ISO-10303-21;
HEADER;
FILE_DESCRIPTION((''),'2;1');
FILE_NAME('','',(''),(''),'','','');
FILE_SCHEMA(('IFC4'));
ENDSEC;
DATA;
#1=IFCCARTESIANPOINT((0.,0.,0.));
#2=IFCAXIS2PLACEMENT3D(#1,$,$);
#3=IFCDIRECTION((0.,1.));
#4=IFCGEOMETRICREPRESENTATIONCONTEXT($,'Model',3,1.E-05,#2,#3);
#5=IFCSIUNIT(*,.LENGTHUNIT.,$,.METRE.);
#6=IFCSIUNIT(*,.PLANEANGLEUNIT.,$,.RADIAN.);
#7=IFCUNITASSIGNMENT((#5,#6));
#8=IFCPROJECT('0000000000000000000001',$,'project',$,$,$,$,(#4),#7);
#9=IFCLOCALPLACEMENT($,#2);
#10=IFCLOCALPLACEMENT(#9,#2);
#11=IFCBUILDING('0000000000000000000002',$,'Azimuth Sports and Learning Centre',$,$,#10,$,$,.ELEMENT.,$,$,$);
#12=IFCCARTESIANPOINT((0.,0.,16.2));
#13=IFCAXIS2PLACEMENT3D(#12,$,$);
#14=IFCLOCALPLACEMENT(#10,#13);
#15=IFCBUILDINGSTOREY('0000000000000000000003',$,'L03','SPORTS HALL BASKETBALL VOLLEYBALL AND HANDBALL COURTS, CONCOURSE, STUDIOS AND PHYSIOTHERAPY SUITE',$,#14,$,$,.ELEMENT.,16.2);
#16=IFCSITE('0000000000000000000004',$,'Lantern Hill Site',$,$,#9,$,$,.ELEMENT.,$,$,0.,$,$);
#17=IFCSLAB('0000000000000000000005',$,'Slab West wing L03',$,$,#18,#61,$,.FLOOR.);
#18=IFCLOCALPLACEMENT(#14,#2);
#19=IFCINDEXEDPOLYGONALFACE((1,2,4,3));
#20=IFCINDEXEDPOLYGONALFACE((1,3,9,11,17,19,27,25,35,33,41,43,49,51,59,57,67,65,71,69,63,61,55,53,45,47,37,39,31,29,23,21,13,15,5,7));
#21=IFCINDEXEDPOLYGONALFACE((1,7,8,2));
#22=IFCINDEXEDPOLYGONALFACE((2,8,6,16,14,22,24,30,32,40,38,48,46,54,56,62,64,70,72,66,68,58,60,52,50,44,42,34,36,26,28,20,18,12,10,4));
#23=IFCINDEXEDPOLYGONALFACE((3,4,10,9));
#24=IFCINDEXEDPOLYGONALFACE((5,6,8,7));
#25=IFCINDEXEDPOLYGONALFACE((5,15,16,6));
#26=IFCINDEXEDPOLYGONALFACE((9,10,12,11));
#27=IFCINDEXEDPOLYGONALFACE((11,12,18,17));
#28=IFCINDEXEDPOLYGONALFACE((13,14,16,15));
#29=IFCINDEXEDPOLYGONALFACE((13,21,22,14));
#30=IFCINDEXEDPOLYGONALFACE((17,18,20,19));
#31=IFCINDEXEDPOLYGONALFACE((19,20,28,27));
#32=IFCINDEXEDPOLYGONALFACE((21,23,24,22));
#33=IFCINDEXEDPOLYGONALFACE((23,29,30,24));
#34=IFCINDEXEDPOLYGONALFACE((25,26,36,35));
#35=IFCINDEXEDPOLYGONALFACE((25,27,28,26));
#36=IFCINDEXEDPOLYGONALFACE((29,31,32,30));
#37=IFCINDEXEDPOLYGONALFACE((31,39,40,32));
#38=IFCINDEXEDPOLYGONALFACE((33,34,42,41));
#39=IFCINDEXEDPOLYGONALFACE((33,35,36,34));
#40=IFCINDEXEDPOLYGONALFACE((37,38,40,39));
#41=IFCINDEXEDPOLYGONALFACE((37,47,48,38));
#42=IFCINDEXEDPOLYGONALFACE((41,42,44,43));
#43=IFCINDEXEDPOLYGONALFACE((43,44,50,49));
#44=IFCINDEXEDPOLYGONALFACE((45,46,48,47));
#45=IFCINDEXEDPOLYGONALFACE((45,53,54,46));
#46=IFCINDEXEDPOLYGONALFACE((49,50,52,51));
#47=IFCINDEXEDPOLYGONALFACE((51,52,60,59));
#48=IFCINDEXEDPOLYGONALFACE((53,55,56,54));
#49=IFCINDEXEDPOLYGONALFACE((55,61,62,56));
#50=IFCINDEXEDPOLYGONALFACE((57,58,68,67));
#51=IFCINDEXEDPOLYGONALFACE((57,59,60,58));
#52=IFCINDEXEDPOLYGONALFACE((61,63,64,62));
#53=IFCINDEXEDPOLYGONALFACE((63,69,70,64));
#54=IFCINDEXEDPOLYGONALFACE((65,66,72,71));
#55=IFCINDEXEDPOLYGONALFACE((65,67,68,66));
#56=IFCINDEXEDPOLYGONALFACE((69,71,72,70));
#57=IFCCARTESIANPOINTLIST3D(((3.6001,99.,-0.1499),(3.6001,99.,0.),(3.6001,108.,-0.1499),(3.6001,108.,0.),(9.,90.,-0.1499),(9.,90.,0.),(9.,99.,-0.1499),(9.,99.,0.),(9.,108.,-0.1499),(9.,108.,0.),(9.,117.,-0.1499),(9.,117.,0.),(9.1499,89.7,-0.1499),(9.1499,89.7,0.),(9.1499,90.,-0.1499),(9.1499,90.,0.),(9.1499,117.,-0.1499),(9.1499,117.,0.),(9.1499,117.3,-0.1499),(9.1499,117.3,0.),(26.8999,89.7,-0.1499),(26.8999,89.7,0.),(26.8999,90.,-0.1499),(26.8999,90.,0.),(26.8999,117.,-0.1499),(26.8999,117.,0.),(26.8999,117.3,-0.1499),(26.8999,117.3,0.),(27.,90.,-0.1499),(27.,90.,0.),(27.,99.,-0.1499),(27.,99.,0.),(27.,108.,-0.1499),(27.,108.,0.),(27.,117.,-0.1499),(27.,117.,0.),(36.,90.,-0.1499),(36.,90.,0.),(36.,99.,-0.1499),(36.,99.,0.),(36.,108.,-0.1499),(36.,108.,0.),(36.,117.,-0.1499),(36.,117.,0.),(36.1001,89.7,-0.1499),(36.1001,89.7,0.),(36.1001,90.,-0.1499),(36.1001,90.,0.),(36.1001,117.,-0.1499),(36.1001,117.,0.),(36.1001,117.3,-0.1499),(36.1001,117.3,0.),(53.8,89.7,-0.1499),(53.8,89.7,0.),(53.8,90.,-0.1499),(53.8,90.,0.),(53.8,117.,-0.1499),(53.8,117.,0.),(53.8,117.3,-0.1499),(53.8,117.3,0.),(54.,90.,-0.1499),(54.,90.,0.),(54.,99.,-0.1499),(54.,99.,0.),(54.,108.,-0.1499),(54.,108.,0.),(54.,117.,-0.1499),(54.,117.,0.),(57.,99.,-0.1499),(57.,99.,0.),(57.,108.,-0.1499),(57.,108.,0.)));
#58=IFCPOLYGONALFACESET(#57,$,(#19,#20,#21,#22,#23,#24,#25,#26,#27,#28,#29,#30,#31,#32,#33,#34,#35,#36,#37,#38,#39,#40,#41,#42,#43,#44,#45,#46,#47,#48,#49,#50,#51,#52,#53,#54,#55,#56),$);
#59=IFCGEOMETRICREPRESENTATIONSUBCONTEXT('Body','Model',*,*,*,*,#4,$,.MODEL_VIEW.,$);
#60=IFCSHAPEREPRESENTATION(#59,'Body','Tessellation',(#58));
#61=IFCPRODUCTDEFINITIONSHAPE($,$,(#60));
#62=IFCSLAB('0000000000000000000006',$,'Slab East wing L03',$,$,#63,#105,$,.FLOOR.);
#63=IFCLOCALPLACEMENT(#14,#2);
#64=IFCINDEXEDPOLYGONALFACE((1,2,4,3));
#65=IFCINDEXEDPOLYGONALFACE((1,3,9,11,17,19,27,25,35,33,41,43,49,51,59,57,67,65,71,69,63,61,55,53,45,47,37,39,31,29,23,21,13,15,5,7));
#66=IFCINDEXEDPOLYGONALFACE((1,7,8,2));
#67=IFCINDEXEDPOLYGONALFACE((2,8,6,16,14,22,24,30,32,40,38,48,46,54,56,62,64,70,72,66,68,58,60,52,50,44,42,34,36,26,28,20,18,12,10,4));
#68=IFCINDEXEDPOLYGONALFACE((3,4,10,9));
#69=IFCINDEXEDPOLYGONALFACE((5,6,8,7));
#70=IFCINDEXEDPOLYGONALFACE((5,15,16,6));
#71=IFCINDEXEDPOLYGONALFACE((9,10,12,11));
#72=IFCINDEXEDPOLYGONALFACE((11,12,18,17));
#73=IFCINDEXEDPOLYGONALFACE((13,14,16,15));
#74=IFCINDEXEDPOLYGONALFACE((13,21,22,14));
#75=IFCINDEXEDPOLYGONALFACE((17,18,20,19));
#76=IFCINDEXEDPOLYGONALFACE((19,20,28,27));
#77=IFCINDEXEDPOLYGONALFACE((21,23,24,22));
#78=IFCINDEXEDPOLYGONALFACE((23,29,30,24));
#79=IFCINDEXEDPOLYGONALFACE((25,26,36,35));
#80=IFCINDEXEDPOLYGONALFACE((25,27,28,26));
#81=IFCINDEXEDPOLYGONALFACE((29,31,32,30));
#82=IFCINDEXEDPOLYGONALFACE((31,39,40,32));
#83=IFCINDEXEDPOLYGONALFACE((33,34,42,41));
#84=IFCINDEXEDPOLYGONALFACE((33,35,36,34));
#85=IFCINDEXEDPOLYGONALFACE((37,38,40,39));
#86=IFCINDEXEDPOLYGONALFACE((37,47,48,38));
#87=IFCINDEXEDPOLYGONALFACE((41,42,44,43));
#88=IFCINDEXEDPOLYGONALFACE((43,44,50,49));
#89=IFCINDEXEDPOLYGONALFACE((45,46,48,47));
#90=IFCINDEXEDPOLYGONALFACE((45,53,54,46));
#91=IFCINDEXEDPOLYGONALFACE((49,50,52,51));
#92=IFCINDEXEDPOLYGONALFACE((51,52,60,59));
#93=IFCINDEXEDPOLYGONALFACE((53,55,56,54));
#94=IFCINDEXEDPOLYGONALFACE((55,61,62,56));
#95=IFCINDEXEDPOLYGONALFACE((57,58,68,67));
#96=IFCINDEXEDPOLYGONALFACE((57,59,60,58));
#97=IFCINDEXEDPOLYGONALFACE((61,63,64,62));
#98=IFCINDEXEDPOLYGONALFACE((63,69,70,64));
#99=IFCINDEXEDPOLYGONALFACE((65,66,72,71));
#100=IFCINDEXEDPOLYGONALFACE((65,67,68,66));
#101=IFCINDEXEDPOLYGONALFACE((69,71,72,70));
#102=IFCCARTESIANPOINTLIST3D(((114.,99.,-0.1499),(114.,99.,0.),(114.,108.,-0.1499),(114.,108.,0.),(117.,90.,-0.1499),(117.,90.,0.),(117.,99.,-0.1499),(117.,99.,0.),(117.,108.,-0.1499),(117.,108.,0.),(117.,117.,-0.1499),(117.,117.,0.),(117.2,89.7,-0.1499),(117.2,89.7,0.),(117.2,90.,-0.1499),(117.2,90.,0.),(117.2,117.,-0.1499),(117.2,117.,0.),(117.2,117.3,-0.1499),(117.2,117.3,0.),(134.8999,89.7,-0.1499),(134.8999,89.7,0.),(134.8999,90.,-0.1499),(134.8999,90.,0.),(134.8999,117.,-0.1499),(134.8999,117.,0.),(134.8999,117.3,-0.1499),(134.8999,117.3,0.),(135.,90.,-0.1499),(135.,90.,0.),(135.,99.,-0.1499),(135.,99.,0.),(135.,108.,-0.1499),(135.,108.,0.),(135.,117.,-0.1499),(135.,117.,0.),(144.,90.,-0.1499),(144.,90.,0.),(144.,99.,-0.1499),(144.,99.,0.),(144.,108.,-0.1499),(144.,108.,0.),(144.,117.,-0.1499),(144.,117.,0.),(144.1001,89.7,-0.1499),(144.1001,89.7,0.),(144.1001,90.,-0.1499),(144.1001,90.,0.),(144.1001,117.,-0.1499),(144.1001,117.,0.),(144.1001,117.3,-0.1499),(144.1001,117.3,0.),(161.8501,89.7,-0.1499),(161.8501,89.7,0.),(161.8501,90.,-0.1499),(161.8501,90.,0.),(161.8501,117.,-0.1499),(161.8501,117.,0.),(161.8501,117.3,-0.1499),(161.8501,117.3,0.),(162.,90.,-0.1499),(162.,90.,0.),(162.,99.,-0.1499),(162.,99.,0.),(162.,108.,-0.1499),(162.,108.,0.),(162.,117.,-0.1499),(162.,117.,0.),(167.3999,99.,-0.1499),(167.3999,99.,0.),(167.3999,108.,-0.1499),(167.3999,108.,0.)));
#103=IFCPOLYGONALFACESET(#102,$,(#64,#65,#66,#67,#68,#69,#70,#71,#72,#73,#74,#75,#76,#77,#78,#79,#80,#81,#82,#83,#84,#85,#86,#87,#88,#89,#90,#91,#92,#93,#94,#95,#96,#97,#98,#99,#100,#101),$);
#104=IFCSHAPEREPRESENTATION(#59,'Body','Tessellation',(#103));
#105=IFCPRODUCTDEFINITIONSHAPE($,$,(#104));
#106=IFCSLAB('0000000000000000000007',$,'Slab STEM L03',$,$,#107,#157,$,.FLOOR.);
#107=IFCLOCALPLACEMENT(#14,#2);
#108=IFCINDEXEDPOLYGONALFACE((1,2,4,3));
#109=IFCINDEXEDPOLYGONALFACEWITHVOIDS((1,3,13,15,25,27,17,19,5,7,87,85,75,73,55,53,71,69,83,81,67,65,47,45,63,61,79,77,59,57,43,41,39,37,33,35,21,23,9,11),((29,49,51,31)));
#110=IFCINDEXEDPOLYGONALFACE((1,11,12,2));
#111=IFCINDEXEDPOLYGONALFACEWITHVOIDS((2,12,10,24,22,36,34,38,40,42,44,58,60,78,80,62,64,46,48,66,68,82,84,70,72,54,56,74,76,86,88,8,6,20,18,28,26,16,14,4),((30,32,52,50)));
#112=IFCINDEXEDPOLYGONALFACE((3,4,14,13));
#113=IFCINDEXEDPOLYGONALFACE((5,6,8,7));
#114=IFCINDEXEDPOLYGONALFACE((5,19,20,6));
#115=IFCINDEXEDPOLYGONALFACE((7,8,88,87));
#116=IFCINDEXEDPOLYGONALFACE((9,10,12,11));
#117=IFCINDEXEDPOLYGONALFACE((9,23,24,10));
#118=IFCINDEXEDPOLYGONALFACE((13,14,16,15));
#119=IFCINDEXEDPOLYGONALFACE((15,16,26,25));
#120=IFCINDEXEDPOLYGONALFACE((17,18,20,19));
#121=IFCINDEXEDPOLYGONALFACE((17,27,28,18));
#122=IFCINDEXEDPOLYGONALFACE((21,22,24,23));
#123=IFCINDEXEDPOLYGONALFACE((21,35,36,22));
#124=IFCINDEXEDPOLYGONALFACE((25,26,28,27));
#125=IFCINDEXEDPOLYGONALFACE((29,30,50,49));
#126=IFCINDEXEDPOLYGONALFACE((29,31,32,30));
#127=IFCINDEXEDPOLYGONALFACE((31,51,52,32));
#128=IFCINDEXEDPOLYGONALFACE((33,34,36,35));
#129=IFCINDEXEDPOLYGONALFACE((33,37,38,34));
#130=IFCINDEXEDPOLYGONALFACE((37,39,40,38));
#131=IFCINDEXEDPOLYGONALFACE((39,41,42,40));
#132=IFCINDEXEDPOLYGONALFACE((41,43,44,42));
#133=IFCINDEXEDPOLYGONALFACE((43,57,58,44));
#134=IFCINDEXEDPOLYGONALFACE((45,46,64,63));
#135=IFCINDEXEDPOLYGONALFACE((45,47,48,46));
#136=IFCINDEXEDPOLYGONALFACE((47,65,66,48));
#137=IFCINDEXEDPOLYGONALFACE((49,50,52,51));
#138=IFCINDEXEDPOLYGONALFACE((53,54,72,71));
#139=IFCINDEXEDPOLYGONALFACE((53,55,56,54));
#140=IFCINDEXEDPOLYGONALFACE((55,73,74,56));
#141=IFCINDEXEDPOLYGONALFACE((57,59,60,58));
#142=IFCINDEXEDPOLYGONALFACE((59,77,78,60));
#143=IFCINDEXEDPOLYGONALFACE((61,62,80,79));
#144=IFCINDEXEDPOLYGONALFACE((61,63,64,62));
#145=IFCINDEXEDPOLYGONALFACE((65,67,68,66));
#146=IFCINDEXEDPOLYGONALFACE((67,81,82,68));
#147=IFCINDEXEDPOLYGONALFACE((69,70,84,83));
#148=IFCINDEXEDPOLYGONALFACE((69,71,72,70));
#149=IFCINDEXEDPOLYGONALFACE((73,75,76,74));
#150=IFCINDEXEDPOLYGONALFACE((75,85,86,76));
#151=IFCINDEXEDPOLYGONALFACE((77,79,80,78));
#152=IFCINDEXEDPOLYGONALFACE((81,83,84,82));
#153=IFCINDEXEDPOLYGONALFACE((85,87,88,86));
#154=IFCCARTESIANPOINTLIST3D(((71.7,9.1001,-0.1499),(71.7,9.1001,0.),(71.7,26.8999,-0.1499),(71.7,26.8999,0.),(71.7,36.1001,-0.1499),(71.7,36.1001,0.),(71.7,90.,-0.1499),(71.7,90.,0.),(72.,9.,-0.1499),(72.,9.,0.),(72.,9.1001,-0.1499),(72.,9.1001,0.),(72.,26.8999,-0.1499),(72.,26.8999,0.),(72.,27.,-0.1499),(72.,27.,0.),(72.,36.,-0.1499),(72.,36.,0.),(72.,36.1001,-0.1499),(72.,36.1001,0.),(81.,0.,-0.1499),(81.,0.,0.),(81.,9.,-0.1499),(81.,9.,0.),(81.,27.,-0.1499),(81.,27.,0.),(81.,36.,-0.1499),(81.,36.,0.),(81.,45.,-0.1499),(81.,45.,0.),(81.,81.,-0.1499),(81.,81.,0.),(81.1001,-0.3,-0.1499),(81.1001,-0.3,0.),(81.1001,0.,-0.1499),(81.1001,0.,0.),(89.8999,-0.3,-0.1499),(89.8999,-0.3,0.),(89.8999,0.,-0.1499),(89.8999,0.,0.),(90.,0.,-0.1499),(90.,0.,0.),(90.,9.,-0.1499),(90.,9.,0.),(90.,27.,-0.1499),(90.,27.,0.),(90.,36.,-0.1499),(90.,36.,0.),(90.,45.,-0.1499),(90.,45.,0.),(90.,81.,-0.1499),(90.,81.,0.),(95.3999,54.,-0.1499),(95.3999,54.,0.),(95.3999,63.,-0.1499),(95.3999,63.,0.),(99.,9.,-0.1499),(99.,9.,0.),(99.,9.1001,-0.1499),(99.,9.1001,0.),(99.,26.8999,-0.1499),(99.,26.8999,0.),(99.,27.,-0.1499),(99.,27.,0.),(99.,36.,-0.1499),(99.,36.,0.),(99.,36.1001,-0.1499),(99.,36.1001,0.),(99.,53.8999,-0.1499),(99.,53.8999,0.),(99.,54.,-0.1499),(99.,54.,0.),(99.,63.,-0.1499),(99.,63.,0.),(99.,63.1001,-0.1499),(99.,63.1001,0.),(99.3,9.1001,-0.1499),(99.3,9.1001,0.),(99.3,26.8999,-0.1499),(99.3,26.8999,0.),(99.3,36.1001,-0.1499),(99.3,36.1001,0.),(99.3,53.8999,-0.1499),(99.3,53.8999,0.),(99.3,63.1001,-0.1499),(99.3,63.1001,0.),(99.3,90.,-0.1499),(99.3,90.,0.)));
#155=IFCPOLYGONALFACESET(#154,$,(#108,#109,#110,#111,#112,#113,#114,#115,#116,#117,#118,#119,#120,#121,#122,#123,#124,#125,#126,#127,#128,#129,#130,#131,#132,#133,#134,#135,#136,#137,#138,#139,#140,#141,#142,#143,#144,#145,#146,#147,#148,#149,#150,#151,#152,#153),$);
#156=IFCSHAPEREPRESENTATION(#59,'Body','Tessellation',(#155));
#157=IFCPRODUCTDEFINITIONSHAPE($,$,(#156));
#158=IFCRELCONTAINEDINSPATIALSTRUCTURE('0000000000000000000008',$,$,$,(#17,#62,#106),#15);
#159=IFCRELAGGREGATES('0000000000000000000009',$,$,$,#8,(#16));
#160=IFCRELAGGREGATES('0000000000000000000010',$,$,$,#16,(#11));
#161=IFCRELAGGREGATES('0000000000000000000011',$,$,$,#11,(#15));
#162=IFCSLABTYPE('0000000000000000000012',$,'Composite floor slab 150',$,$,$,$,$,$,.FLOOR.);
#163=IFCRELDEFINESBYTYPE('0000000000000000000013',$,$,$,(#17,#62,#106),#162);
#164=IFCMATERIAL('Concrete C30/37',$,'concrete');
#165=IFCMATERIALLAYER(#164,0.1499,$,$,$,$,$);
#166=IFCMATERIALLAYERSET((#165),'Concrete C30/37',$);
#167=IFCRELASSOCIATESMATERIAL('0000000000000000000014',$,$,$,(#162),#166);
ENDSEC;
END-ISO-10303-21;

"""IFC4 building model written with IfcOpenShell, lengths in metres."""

from ifc_helpers import new_model, si_unit, direction, frame, origin, place, context, subcontext, project, spatial, polyline, outline, extrude, material, layer, layer_set, type_object, element, save


model = new_model("IFC4")

# Units and contexts
model_context = context("Model", 3, precision=1e-05, world=origin(), true_north=direction((0.0, 1.0)))
body_context = subcontext(model_context, "Body", "Model", "MODEL_VIEW")
ifc_project = project(units=[si_unit("LENGTHUNIT", "METRE"), si_unit("PLANEANGLEUNIT", "RADIAN")], contexts=[model_context])

# Site, building, storey
site_placement = place(None, origin())
site = spatial("IfcSite", under=ifc_project, at=site_placement, Name="Lantern Hill Site", CompositionType="ELEMENT", RefElevation=0.0)
building_placement = place(site_placement, origin())
building = spatial("IfcBuilding", under=site, at=building_placement, Name="Azimuth Sports and Learning Centre", CompositionType="ELEMENT")
storey_placement = place(building_placement, frame((0.0, 0.0, 16.2)))
storey = spatial("IfcBuildingStorey", under=building, at=storey_placement, Name="L03", Description="SPORTS HALL BASKETBALL VOLLEYBALL AND HANDBALL COURTS, CONCOURSE, STUDIOS AND PHYSIOTHERAPY SUITE", CompositionType="ELEMENT", Elevation=16.2)

# Slabs
ifc_material_1 = material(Name="Concrete C30/37", Category="concrete")
ifc_layer_1 = layer(ifc_material_1, 0.1499)
ifc_layer_set_1 = layer_set([ifc_layer_1], Name="Concrete C30/37")
slab_type_1 = type_object("IfcSlabType", Name="Composite floor slab 150", PredefinedType="FLOOR", material=ifc_layer_set_1)
slab_1_placement = place(storey_placement, frame((0.0, 0.0, -0.1499)))
element("IfcSlab", 1, at=slab_1_placement, inside=storey, type_object=slab_type_1, Name="Slab West wing L03", PredefinedType="FLOOR", context=body_context, shape_type="SweptSolid", body=[
    extrude(outline(polyline([(9.1499, 89.7), (26.8999, 89.7), (26.8999, 90.0), (27.0, 90.0), (27.0, 99.0), (36.0, 99.0), (36.0, 90.0), (36.1001, 90.0), (36.1001, 89.7), (53.8, 89.7), (53.8, 90.0), (54.0, 90.0), (54.0, 99.0), (57.0, 99.0), (57.0, 108.0), (54.0, 108.0), (54.0, 117.0), (53.8, 117.0), (53.8, 117.3), (36.1001, 117.3), (36.1001, 117.0), (36.0, 117.0), (36.0, 108.0), (27.0, 108.0), (27.0, 117.0), (26.8999, 117.0), (26.8999, 117.3), (9.1499, 117.3), (9.1499, 117.0), (9.0, 117.0), (9.0, 108.0), (3.6001, 108.0), (3.6001, 99.0), (9.0, 99.0), (9.0, 90.0), (9.1499, 90.0), (9.1499, 89.7)])), origin(), (0.0, 0.0, 1.0), 0.1499),
])
slab_2_placement = place(storey_placement, frame((0.0, 0.0, -0.1499)))
element("IfcSlab", 2, at=slab_2_placement, inside=storey, type_object=slab_type_1, Name="Slab East wing L03", PredefinedType="FLOOR", context=body_context, shape_type="SweptSolid", body=[
    extrude(outline(polyline([(117.2, 89.7), (134.8999, 89.7), (134.8999, 90.0), (135.0, 90.0), (135.0, 99.0), (144.0, 99.0), (144.0, 90.0), (144.1001, 90.0), (144.1001, 89.7), (161.8501, 89.7), (161.8501, 90.0), (162.0, 90.0), (162.0, 99.0), (167.3999, 99.0), (167.3999, 108.0), (162.0, 108.0), (162.0, 117.0), (161.8501, 117.0), (161.8501, 117.3), (144.1001, 117.3), (144.1001, 117.0), (144.0, 117.0), (144.0, 108.0), (135.0, 108.0), (135.0, 117.0), (134.8999, 117.0), (134.8999, 117.3), (117.2, 117.3), (117.2, 117.0), (117.0, 117.0), (117.0, 108.0), (114.0, 108.0), (114.0, 99.0), (117.0, 99.0), (117.0, 90.0), (117.2, 90.0), (117.2, 89.7)])), origin(), (0.0, 0.0, 1.0), 0.1499),
])
slab_3_placement = place(storey_placement, frame((0.0, 0.0, -0.1499)))
element("IfcSlab", 3, at=slab_3_placement, inside=storey, type_object=slab_type_1, Name="Slab STEM L03", PredefinedType="FLOOR", context=body_context, shape_type="SweptSolid", body=[
    extrude(outline(polyline([(81.1001, -0.3), (89.8999, -0.3), (89.8999, 0.0), (90.0, 0.0), (90.0, 9.0), (99.0, 9.0), (99.0, 9.1001), (99.3, 9.1001), (99.3, 26.8999), (99.0, 26.8999), (99.0, 27.0), (90.0, 27.0), (90.0, 36.0), (99.0, 36.0), (99.0, 36.1001), (99.3, 36.1001), (99.3, 53.8999), (99.0, 53.8999), (99.0, 54.0), (95.3999, 54.0), (95.3999, 63.0), (99.0, 63.0), (99.0, 63.1001), (99.3, 63.1001), (99.3, 90.0), (71.7, 90.0), (71.7, 36.1001), (72.0, 36.1001), (72.0, 36.0), (81.0, 36.0), (81.0, 27.0), (72.0, 27.0), (72.0, 26.8999), (71.7, 26.8999), (71.7, 9.1001), (72.0, 9.1001), (72.0, 9.0), (81.0, 9.0), (81.0, 0.0), (81.1001, 0.0), (81.1001, -0.3)]), holes=[polyline([(81.0, 45.0), (81.0, 81.0), (90.0, 81.0), (90.0, 45.0), (81.0, 45.0)])]), origin(), (0.0, 0.0, 1.0), 0.1499),
])

save(model, "model.ifc")
